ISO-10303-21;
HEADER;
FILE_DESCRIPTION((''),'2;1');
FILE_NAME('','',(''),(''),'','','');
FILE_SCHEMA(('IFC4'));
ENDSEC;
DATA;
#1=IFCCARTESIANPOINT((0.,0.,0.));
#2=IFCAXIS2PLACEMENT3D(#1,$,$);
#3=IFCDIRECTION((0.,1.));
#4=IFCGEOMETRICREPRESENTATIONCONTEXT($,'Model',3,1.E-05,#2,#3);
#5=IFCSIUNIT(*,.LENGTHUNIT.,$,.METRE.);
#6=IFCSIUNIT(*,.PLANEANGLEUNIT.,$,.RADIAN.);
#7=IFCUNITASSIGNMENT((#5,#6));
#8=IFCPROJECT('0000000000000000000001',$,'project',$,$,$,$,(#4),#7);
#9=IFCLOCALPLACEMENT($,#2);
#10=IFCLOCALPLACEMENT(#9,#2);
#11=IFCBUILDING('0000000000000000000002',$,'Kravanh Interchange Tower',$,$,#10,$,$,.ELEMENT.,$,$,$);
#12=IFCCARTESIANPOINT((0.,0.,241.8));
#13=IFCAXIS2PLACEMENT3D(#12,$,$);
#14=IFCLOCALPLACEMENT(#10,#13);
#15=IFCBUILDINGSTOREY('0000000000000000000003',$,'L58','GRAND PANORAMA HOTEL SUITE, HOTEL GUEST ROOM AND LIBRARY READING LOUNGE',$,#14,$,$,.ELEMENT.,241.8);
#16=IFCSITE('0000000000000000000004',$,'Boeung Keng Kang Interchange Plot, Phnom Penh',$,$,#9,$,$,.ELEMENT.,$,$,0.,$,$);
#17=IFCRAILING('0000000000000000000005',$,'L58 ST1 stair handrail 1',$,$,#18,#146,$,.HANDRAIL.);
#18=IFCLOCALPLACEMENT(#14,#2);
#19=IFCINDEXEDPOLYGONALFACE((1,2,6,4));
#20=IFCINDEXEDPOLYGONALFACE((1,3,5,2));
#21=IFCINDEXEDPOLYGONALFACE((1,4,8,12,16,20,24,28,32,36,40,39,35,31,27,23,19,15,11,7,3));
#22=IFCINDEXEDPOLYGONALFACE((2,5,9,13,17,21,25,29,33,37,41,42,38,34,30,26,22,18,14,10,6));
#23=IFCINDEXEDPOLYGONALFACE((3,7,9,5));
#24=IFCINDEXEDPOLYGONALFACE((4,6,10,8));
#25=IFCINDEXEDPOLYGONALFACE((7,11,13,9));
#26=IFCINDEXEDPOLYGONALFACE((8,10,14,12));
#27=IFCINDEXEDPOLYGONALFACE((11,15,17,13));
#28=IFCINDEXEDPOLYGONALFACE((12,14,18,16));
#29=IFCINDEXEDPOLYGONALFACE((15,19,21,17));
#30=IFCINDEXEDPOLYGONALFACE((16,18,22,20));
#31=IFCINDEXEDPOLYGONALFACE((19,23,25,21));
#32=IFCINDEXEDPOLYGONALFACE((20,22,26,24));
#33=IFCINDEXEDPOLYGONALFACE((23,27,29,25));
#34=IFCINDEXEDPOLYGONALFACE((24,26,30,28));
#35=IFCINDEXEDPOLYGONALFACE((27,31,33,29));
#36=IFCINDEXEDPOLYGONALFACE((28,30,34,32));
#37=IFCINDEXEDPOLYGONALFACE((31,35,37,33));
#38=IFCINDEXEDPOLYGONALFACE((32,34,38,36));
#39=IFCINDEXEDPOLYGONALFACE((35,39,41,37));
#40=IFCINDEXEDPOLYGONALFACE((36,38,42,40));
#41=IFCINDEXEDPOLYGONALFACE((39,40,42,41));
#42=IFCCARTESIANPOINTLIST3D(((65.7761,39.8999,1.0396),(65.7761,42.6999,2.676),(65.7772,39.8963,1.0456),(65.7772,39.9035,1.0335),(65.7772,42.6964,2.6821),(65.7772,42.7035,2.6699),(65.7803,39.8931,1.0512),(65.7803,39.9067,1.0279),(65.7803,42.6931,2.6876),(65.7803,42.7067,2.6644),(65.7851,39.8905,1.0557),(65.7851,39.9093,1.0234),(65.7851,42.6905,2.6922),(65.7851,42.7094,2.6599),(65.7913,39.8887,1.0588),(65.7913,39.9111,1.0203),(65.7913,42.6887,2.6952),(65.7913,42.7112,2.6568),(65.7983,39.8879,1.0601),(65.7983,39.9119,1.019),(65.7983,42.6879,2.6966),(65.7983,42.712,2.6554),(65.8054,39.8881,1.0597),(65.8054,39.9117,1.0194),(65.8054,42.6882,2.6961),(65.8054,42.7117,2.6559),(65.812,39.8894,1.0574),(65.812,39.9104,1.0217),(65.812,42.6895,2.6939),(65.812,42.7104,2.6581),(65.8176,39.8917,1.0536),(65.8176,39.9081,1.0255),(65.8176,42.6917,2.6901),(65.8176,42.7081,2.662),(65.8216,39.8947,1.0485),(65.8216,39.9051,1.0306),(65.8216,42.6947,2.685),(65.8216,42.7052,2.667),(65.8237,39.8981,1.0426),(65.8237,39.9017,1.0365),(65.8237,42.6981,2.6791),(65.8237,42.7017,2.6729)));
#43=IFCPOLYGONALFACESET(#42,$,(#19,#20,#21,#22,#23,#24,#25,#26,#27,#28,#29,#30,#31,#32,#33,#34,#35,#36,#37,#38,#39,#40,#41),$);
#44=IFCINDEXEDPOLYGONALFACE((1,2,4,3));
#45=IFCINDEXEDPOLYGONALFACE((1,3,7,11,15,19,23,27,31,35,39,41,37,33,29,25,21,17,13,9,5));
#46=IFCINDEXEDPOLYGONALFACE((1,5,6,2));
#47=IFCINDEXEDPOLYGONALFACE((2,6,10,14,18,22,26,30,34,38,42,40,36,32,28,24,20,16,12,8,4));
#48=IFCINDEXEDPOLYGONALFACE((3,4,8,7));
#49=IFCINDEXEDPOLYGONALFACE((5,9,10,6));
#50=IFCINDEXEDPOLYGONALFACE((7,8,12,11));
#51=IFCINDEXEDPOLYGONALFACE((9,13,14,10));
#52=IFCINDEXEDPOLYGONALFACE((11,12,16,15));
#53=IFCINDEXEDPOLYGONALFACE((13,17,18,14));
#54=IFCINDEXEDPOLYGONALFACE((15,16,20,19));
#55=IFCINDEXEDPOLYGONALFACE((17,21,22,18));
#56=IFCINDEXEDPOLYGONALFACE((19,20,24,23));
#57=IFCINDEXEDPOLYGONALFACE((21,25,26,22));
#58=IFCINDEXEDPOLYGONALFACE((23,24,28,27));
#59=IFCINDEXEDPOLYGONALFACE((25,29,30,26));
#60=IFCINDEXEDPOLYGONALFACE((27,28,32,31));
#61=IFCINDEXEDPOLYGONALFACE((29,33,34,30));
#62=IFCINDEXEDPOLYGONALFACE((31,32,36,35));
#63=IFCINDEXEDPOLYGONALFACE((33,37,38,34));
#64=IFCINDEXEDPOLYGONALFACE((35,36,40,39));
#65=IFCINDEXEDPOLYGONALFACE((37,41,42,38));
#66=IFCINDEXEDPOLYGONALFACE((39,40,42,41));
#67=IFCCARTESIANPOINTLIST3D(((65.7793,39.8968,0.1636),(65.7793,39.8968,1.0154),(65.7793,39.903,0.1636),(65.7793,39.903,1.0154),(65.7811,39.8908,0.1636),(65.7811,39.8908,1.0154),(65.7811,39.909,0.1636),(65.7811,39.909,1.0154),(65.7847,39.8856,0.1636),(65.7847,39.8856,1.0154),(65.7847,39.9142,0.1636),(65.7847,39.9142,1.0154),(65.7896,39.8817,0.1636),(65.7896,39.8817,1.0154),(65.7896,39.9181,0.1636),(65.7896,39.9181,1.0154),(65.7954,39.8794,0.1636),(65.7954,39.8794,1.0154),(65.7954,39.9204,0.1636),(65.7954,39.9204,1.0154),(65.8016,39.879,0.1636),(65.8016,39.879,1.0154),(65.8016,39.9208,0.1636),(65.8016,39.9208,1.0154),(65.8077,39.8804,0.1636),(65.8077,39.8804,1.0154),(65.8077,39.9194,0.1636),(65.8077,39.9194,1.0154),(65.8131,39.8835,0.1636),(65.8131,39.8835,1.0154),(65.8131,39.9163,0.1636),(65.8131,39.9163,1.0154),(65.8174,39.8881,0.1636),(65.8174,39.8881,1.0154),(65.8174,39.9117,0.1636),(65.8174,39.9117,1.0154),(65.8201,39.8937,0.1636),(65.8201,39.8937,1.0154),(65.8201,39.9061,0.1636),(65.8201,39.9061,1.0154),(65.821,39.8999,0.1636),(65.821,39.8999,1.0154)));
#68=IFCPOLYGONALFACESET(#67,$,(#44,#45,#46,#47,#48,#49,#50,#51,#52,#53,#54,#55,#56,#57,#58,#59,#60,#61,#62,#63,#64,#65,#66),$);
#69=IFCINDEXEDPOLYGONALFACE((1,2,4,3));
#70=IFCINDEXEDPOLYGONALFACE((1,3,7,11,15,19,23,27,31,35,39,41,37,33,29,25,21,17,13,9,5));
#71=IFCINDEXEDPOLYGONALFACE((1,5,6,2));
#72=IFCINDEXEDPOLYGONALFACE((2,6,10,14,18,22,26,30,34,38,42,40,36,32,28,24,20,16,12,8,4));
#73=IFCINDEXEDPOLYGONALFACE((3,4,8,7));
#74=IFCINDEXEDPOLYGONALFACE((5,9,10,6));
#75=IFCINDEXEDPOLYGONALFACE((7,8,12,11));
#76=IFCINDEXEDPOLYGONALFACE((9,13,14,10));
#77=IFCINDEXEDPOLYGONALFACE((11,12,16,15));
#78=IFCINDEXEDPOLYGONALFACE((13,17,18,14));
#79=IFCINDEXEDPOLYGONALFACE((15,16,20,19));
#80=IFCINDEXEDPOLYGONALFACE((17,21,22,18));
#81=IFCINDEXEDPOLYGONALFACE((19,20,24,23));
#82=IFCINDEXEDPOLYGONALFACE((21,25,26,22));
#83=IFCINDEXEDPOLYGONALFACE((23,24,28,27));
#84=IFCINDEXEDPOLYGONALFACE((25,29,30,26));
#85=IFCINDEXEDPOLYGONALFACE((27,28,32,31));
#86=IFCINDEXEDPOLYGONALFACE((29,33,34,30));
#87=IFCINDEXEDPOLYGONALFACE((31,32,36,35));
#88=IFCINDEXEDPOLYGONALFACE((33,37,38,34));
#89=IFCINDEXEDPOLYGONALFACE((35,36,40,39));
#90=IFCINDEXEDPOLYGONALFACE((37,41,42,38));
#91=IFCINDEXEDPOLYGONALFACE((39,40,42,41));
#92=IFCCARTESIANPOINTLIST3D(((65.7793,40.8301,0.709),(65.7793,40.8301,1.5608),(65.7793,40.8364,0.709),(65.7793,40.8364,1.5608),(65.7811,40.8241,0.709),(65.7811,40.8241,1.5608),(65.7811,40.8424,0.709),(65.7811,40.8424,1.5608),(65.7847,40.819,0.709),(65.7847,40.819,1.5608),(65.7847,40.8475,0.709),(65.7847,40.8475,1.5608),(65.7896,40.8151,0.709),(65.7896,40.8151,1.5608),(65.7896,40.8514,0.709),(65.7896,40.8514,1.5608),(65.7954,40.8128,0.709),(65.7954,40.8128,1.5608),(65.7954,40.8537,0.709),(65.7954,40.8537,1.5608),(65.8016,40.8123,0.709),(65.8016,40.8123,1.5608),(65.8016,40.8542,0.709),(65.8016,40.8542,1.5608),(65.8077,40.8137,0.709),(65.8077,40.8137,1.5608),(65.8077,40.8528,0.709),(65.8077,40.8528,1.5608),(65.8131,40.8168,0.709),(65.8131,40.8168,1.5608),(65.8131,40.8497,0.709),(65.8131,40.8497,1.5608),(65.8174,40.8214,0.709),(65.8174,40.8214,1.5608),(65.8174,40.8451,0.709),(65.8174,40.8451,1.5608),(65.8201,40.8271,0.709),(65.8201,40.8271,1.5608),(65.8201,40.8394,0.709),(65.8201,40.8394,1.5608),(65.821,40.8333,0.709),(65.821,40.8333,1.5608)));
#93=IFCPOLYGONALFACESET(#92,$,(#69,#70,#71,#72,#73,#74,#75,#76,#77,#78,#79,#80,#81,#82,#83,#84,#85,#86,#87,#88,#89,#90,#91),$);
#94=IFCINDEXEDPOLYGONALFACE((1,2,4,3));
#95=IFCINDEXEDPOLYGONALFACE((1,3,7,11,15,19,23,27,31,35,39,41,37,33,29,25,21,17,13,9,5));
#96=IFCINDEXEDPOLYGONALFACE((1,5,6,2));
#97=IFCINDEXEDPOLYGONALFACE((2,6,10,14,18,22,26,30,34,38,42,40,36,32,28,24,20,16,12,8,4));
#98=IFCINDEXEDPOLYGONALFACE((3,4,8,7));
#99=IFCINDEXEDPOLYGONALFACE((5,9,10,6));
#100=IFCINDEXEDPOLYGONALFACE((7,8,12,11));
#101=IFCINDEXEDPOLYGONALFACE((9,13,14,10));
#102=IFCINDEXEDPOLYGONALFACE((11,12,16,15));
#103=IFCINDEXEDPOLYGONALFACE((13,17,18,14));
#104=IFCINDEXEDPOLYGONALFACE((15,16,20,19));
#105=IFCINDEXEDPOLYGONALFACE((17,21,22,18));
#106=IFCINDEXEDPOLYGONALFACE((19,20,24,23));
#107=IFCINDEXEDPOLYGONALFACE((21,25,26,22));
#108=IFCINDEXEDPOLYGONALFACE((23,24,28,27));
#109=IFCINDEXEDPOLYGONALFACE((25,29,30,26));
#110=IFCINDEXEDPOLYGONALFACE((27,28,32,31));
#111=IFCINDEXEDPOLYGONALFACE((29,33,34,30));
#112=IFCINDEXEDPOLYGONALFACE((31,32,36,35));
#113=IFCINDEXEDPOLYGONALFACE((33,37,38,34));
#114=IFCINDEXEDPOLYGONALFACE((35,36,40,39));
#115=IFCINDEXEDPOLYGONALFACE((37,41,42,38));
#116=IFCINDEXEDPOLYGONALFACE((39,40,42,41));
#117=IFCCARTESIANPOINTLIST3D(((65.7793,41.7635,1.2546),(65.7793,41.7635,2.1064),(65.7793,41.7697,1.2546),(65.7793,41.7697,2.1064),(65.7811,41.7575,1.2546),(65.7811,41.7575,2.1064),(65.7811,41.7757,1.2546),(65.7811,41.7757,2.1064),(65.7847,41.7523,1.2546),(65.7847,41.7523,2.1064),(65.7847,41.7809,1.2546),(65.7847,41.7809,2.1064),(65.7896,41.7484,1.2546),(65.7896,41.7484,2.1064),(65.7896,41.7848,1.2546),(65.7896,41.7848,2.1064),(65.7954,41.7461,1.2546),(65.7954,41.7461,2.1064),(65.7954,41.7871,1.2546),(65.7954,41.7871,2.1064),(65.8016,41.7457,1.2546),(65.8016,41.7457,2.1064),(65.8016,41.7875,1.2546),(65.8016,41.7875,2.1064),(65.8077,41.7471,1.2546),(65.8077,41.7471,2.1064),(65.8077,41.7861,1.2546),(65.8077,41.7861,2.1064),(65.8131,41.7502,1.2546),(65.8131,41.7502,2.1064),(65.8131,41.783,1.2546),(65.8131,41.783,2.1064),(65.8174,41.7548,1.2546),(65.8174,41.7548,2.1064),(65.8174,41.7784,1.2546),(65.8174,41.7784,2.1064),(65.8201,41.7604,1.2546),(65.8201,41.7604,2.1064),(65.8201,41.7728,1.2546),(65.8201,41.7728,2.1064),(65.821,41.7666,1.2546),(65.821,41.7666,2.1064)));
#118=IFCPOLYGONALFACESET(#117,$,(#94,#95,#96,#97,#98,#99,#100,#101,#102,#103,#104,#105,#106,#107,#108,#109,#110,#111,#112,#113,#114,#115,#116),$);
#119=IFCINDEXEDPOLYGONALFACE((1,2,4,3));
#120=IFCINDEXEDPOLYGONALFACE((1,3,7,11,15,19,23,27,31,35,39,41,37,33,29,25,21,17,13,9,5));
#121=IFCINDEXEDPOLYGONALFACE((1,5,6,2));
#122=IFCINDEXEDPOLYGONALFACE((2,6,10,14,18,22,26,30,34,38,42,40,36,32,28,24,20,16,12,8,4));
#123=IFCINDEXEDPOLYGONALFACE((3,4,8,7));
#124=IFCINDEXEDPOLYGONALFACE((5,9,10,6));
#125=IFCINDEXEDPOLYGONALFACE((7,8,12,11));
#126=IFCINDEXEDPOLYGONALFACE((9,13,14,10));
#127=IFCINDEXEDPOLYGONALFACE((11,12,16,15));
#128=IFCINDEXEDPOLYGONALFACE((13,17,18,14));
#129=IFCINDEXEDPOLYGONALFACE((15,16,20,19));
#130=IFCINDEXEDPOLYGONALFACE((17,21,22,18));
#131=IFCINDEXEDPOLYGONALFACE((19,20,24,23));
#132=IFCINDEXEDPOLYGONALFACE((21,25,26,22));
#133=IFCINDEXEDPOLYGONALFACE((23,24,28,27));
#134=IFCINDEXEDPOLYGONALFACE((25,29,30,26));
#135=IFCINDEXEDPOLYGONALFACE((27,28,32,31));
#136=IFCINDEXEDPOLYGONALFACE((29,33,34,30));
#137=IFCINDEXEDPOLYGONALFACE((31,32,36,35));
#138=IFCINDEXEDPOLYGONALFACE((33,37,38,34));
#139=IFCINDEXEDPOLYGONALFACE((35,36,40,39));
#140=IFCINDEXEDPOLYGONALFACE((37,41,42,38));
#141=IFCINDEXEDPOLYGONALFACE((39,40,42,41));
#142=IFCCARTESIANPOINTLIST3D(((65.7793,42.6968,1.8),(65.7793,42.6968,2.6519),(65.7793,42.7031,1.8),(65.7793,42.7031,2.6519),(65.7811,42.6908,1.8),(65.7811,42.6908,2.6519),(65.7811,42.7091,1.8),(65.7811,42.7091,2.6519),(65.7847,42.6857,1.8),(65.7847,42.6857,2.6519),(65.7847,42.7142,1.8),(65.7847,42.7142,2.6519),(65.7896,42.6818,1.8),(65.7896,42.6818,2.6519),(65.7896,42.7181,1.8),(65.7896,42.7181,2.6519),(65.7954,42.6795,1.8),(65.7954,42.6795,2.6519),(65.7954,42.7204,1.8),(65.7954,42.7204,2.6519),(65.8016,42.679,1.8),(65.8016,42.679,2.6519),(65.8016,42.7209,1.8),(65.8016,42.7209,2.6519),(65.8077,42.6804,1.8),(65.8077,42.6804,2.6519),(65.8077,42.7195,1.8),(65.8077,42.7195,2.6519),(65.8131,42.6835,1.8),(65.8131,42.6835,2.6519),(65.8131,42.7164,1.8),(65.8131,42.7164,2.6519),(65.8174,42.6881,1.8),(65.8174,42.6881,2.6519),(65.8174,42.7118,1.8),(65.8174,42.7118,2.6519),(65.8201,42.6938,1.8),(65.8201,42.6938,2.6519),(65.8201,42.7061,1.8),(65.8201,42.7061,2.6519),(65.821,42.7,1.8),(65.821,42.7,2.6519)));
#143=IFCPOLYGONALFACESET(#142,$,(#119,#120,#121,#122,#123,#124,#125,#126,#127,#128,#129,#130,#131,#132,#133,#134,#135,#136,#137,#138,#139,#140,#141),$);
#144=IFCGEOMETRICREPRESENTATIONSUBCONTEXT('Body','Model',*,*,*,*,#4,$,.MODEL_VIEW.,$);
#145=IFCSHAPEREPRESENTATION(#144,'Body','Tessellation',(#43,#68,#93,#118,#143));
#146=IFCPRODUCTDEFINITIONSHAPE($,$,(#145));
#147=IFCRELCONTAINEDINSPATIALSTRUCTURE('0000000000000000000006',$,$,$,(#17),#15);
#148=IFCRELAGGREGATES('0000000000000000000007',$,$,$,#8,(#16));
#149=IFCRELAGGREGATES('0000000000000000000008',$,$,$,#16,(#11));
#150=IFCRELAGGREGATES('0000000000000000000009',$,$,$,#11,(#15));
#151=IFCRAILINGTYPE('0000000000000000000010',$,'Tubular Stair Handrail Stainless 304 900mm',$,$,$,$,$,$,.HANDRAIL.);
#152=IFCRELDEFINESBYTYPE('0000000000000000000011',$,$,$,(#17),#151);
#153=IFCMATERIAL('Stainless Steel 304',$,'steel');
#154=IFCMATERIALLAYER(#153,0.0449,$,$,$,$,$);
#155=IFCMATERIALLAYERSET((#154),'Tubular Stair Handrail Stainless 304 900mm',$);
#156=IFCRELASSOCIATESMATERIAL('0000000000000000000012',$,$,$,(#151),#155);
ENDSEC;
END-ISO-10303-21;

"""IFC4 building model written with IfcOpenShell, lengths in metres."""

from ifc_helpers import new_model, si_unit, direction, frame, origin, origin_2d, place, context, subcontext, project, spatial, circle, extrude, material, layer, layer_set, type_object, element, save


model = new_model("IFC4")

# Units and contexts
model_context = context("Model", 3, precision=1e-05, world=origin(), true_north=direction((0.0, 1.0)))
body_context = subcontext(model_context, "Body", "Model", "MODEL_VIEW")
ifc_project = project(units=[si_unit("LENGTHUNIT", "METRE"), si_unit("PLANEANGLEUNIT", "RADIAN")], contexts=[model_context])

# Site, building, storey
site_placement = place(None, origin())
site = spatial("IfcSite", under=ifc_project, at=site_placement, Name="Boeung Keng Kang Interchange Plot, Phnom Penh", CompositionType="ELEMENT", RefElevation=0.0)
building_placement = place(site_placement, origin())
building = spatial("IfcBuilding", under=site, at=building_placement, Name="Kravanh Interchange Tower", CompositionType="ELEMENT")
storey_placement = place(building_placement, frame((0.0, 0.0, 241.8)))
storey = spatial("IfcBuildingStorey", under=building, at=storey_placement, Name="L58", Description="GRAND PANORAMA HOTEL SUITE, HOTEL GUEST ROOM AND LIBRARY READING LOUNGE", CompositionType="ELEMENT", Elevation=241.8)

# Railing
ifc_material_1 = material(Name="Stainless Steel 304", Category="steel")
ifc_layer_1 = layer(ifc_material_1, 0.0449)
ifc_layer_set_1 = layer_set([ifc_layer_1], Name="Tubular Stair Handrail Stainless 304 900mm")
railing_type_1 = type_object("IfcRailingType", Name="Tubular Stair Handrail Stainless 304 900mm", PredefinedType="HANDRAIL", material=ifc_layer_set_1)
railing_1_placement = place(storey_placement, frame((65.8, 39.8999, 0.1636)))
element("IfcRailing", 1, at=railing_1_placement, inside=storey, type_object=railing_type_1, Name="L58 ST1 stair handrail 1", PredefinedType="HANDRAIL", context=body_context, shape_type="SweptSolid", body=[
    extrude(circle(Radius=0.0239, at=origin_2d()), frame((0.0, 0.0, 0.876), z_axis=(0.0, 0.863361, 0.504587), x_axis=(-1.0, 0.0, 0.0)), (0.0, 0.0, 1.0), 3.2432),
    extrude(circle(Radius=0.021, at=origin_2d()), origin(), (0.0, 0.0, 1.0), 0.8518),
    extrude(circle(Radius=0.021, at=origin_2d()), frame((0.0, 0.9333, 0.5454)), (0.0, 0.0, 1.0), 0.8518),
    extrude(circle(Radius=0.021, at=origin_2d()), frame((0.0, 1.8667, 1.0911)), (0.0, 0.0, 1.0), 0.8518),
    extrude(circle(Radius=0.021, at=origin_2d()), frame((0.0, 2.8, 1.6365)), (0.0, 0.0, 1.0), 0.8518),
])

save(model, "model.ifc")
